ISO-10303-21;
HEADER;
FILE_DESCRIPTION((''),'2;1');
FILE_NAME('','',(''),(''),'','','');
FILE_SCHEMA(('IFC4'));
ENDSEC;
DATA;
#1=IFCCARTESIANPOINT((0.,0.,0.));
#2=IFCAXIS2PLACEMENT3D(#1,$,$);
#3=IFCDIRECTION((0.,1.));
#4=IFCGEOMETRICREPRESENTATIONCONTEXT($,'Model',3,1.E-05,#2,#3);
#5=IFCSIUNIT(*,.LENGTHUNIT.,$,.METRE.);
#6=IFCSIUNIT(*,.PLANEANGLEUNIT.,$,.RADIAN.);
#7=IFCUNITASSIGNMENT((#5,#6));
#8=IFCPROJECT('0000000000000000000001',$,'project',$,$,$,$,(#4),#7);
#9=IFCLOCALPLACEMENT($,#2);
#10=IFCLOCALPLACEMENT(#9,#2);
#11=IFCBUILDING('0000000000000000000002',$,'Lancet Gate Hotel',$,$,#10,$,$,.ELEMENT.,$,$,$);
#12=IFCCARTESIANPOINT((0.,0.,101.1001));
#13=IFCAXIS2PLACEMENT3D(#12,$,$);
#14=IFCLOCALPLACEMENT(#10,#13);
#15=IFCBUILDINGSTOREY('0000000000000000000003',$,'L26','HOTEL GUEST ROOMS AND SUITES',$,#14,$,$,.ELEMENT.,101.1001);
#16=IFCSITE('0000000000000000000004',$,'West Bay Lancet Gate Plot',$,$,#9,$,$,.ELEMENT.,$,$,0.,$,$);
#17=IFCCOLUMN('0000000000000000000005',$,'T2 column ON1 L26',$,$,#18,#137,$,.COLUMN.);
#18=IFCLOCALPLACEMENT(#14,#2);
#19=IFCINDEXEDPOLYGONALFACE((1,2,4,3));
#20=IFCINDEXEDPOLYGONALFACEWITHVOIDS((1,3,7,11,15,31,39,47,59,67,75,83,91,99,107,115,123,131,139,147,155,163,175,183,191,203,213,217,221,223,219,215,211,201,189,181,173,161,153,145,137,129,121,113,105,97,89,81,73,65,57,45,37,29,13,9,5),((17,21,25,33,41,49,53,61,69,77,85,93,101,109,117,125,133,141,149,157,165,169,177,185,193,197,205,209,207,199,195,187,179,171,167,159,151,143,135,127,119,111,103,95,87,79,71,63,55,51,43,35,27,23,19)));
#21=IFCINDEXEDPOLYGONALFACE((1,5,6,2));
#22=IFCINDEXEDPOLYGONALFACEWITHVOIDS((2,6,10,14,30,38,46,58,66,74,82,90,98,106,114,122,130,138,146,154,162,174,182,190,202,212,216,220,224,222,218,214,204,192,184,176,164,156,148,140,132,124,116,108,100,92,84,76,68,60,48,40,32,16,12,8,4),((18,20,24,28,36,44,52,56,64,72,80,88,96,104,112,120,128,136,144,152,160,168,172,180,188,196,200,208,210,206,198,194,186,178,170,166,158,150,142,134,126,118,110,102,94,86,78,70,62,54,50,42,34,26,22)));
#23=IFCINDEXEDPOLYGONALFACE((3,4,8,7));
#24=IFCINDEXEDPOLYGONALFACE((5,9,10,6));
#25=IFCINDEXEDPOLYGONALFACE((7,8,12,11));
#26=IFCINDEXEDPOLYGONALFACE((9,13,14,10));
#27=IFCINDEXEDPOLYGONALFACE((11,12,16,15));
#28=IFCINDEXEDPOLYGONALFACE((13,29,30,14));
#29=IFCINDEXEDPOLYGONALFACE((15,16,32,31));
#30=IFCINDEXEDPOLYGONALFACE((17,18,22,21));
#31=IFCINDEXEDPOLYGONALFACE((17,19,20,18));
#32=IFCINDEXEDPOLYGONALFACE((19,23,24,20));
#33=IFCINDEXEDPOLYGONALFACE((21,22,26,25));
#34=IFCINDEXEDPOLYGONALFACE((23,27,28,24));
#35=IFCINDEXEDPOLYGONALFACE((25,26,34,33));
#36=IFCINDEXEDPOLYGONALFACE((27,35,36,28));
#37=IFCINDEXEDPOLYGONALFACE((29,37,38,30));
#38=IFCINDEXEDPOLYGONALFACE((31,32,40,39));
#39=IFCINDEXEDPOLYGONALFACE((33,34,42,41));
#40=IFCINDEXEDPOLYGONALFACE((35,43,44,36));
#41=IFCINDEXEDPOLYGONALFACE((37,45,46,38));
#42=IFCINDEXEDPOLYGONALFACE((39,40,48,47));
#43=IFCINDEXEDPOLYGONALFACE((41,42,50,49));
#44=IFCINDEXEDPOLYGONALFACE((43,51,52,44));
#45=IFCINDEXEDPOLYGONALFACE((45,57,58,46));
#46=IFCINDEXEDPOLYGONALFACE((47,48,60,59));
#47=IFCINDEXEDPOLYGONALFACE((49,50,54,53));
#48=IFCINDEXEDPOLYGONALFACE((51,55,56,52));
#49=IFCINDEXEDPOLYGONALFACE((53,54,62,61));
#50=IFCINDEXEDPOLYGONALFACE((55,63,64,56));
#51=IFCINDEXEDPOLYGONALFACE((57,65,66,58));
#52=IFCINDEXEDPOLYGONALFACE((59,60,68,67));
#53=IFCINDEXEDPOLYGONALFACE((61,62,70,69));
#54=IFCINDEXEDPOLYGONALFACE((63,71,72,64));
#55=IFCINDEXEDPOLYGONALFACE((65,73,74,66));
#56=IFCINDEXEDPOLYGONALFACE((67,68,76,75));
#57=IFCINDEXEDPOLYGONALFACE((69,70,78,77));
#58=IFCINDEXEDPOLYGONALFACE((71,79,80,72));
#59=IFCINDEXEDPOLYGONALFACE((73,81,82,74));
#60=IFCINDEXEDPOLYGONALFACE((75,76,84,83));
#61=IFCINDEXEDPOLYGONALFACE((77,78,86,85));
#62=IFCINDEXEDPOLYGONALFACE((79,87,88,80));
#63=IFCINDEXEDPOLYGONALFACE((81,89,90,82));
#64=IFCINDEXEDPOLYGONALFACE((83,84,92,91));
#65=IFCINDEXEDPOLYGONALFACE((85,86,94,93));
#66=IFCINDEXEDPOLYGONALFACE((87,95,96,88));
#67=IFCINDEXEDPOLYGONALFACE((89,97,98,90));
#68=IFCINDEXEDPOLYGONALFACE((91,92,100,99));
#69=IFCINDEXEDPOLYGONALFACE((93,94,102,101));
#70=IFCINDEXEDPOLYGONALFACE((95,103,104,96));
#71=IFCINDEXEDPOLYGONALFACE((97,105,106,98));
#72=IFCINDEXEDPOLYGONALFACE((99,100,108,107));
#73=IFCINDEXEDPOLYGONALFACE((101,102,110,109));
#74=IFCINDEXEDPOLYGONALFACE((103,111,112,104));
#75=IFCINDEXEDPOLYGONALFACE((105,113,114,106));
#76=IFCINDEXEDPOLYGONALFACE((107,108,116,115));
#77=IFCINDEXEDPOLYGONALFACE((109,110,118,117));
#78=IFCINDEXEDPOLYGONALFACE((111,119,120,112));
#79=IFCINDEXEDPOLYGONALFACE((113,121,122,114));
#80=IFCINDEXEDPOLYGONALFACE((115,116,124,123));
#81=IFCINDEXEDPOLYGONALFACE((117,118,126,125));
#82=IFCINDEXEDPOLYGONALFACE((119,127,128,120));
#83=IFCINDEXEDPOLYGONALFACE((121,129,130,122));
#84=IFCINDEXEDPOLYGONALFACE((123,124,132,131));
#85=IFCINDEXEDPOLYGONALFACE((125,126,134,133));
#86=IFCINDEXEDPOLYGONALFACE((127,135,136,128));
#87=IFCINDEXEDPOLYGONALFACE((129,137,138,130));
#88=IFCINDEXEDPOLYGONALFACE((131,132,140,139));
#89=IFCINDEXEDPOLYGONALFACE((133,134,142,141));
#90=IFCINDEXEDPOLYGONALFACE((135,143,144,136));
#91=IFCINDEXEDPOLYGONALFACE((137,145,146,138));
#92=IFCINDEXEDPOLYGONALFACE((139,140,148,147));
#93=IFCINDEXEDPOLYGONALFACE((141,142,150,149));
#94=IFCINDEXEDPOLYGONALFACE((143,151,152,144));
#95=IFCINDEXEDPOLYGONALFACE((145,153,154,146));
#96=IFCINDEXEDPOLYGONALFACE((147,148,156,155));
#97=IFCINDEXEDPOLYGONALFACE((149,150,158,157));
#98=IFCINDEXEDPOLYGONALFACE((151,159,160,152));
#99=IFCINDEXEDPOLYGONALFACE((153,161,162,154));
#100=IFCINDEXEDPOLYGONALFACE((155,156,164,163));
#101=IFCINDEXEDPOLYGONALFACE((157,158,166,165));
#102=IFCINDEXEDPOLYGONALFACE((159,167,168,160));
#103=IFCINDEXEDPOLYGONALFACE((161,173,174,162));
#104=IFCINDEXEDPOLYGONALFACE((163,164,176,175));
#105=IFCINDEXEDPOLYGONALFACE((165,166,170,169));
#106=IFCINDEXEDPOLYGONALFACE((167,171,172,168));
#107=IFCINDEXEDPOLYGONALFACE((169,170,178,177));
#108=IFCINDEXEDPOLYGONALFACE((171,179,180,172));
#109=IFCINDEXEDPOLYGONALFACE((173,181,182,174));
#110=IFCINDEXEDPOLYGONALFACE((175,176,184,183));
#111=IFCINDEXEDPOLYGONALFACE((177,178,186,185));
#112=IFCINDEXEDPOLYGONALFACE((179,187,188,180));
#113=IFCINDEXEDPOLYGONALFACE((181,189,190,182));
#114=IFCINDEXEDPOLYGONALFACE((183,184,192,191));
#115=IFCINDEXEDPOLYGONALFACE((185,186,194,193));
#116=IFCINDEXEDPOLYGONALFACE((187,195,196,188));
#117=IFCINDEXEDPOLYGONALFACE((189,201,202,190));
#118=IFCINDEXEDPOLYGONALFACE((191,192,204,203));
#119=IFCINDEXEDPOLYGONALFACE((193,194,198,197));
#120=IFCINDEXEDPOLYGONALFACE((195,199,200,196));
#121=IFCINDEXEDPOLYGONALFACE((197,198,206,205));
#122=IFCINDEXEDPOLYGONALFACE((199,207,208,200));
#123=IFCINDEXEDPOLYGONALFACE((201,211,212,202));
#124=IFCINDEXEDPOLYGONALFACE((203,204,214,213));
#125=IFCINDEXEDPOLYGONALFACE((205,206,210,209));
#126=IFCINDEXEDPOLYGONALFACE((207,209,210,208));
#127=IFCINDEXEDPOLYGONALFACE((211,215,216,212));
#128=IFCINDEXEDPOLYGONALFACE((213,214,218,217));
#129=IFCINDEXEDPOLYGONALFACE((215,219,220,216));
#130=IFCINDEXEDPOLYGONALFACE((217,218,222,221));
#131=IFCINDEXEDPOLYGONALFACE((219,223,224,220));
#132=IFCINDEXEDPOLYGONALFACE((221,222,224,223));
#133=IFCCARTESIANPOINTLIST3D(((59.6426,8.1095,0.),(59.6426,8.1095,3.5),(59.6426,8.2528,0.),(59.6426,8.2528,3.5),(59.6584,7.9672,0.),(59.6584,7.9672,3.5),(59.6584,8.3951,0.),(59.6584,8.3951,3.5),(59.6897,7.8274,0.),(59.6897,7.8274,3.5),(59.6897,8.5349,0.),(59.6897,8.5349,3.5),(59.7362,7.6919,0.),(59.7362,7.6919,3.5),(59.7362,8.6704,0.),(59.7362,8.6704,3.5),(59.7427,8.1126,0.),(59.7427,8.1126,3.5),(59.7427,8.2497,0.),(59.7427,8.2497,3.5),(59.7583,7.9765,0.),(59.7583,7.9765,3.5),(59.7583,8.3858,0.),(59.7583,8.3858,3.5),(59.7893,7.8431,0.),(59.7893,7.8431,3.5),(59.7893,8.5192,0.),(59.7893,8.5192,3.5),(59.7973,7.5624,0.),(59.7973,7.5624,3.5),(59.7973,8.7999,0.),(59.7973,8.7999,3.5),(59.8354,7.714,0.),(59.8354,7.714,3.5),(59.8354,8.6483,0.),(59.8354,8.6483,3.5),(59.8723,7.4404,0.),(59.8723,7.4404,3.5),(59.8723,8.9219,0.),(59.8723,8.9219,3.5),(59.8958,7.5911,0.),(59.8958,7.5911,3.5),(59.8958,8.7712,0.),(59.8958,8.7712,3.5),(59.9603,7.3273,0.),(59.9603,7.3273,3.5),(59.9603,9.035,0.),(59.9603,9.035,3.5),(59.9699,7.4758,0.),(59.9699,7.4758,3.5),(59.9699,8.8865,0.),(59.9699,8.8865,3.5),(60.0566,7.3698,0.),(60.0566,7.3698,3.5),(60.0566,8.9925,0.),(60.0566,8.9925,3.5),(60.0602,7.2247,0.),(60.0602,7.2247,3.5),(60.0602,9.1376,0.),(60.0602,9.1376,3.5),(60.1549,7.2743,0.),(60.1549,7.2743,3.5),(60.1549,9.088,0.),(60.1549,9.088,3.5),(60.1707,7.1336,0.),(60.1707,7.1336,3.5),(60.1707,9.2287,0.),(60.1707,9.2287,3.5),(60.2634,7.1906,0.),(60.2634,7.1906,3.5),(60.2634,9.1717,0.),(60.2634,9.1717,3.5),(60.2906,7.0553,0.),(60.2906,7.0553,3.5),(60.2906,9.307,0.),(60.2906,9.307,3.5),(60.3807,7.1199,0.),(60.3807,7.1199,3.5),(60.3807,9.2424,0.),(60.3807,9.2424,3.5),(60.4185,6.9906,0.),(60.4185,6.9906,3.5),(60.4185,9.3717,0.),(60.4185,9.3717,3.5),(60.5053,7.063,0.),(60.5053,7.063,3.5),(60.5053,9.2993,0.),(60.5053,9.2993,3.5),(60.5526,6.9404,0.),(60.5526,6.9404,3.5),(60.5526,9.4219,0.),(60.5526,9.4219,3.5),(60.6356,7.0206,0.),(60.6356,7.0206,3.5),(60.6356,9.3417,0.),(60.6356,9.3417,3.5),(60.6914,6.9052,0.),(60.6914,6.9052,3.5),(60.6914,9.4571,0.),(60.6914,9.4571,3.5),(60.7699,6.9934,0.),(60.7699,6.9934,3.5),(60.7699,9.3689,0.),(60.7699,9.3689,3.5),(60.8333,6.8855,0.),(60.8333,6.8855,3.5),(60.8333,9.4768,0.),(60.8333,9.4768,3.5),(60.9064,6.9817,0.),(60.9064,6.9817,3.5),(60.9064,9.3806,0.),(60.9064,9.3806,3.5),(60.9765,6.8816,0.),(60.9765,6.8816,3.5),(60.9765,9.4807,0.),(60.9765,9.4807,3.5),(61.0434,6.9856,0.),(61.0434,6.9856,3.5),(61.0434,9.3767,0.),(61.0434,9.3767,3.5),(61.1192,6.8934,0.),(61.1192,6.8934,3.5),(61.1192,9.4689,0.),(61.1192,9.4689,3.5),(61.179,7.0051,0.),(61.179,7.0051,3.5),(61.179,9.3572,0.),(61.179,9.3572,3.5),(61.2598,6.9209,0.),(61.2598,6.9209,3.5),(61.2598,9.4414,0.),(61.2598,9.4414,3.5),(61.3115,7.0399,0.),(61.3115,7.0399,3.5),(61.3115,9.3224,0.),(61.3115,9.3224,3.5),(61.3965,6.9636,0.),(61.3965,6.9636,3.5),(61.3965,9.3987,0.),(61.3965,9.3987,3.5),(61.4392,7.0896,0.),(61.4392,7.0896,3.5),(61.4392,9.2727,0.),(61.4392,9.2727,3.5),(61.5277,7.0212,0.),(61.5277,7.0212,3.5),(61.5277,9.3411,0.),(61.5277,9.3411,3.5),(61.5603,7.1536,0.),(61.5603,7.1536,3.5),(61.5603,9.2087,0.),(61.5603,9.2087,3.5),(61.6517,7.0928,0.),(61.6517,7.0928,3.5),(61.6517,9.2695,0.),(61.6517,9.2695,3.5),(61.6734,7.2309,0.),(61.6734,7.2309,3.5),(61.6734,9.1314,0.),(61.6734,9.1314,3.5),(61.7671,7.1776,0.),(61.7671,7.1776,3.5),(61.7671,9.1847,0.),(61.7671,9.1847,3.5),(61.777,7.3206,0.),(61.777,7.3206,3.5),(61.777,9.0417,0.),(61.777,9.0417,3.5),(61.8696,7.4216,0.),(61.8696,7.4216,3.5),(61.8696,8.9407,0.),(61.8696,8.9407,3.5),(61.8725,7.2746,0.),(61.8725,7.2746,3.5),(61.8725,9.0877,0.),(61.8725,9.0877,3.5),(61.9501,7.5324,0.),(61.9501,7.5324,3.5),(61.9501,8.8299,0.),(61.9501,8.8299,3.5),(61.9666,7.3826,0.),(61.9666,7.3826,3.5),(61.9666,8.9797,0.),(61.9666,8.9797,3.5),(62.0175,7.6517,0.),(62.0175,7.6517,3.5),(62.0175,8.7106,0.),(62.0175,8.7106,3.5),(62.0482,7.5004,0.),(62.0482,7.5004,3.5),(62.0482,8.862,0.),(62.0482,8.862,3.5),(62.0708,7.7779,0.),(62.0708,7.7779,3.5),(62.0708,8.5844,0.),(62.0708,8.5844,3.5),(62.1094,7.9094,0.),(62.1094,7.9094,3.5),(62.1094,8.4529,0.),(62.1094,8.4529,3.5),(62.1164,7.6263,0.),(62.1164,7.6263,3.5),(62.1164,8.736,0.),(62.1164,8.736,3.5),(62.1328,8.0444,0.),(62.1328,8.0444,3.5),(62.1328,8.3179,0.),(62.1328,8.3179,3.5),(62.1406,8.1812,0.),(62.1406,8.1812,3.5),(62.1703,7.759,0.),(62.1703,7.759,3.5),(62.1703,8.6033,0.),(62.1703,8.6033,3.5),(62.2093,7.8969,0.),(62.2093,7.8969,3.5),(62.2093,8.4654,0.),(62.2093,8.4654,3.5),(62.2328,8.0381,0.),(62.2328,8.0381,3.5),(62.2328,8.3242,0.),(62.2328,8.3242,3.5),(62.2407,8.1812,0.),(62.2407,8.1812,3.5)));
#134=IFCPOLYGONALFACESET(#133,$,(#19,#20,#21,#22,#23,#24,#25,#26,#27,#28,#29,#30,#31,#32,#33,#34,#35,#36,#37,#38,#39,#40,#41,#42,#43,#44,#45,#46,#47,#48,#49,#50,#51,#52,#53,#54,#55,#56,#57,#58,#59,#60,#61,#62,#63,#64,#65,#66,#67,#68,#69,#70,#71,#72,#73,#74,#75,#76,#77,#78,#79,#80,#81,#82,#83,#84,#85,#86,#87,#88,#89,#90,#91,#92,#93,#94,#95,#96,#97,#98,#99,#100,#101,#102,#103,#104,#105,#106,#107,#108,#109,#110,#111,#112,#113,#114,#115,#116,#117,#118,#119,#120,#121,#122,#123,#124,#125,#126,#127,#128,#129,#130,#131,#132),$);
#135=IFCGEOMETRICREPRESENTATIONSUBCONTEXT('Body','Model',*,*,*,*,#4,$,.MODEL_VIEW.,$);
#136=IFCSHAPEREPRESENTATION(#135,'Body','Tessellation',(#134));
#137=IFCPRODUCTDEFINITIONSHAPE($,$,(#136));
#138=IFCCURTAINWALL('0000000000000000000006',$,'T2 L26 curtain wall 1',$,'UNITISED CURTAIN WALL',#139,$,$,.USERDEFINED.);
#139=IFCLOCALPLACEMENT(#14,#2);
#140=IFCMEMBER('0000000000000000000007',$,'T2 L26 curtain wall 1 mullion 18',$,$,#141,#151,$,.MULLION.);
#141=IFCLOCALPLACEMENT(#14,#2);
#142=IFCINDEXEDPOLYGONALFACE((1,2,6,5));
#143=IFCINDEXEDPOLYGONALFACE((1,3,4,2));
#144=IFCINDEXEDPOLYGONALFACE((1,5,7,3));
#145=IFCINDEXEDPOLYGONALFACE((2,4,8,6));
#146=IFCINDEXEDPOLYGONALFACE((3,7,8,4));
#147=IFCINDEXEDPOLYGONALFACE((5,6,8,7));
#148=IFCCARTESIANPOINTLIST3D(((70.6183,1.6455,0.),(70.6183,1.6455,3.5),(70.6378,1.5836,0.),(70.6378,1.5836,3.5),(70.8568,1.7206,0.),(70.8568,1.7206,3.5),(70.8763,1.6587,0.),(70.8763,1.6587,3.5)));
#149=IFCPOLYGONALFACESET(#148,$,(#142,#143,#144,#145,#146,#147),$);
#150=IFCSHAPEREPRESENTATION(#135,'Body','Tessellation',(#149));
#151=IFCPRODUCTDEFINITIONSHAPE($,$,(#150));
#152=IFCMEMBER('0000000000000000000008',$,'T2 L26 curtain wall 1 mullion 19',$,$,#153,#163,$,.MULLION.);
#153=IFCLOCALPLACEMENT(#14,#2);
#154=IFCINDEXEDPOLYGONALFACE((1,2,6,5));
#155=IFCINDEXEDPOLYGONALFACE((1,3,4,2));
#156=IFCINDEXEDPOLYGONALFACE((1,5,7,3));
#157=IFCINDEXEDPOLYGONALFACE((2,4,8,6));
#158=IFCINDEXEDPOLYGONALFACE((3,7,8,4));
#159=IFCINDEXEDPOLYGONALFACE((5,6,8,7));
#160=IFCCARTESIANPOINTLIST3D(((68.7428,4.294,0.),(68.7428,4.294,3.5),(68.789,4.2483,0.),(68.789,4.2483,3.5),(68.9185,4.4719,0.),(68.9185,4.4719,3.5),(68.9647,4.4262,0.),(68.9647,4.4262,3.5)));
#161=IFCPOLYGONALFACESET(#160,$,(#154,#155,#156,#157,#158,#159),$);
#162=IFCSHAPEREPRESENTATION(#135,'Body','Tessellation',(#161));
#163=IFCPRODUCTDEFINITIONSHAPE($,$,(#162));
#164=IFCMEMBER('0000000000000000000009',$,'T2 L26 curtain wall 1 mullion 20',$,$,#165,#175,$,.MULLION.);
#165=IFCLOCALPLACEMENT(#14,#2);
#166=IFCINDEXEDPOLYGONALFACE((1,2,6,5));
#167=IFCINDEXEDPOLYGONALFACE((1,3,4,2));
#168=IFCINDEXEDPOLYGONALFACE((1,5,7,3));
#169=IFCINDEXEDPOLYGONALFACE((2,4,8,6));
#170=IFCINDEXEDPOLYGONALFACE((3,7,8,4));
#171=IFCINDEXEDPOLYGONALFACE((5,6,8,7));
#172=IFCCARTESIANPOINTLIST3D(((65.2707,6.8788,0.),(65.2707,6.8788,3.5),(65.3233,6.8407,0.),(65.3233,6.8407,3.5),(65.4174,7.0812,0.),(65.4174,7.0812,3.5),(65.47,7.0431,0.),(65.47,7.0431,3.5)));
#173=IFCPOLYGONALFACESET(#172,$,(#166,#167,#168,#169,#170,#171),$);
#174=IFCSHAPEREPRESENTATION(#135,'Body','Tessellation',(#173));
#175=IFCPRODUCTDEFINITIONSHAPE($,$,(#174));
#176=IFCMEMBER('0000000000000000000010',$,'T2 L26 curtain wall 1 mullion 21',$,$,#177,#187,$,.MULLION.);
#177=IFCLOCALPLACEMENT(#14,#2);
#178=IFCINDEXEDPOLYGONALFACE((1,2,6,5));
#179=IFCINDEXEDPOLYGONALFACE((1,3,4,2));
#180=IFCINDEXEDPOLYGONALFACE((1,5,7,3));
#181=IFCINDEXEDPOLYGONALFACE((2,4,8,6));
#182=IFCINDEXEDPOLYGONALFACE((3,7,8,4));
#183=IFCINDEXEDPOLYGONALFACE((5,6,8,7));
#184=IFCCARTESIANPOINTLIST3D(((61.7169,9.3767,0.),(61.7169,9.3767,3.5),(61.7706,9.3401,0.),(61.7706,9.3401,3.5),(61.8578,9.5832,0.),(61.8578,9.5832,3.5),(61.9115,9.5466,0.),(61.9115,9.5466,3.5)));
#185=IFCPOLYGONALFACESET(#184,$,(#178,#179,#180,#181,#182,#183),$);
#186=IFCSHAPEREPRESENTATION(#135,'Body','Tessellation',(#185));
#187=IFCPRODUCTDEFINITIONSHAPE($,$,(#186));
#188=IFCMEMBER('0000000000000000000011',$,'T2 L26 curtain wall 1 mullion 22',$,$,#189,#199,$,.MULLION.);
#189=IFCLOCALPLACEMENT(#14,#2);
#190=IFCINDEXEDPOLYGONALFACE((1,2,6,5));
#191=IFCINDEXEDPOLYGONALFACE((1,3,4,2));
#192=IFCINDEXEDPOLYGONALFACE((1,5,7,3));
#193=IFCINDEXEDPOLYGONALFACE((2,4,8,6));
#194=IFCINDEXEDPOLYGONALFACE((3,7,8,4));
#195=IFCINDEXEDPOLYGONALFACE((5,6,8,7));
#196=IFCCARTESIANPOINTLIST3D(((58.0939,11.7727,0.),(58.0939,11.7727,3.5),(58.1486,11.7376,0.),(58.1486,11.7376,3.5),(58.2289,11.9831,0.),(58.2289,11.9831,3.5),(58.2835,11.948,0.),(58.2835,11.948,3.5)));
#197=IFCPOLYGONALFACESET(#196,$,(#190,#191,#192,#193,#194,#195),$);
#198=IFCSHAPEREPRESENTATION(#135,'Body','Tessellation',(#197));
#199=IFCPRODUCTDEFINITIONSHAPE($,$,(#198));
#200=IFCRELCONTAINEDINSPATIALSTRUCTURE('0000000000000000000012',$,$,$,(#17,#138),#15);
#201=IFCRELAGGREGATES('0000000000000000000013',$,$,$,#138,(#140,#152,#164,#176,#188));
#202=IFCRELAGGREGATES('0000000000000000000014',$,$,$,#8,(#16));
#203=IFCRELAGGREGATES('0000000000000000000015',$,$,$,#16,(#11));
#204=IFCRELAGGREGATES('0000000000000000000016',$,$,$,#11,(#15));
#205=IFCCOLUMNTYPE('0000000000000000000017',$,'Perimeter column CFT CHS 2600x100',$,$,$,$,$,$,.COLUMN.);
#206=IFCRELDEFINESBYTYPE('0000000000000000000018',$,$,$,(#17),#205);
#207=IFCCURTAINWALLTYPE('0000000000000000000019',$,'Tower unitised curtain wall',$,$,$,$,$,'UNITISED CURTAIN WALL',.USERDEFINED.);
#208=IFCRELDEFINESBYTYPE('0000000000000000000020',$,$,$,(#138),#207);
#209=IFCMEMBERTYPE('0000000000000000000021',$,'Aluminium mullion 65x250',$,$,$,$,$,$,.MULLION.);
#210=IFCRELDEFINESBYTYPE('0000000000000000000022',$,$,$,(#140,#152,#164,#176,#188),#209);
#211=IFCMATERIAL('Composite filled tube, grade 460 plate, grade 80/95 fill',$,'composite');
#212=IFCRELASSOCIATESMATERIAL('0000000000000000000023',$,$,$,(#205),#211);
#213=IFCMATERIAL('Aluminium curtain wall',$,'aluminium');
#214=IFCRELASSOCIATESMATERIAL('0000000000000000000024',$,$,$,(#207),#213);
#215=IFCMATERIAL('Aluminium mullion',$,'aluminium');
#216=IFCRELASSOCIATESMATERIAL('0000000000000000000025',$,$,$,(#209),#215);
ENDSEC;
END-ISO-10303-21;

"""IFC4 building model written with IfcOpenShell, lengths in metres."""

from ifc_helpers import new_model, si_unit, direction, frame, origin, origin_2d, place, context, subcontext, project, spatial, rectangle, hollow_circle, extrude, material, material_profile, profile_set, type_object, element, aggregate, save


model = new_model("IFC4")

# Units and contexts
model_context = context("Model", 3, precision=1e-05, world=origin(), true_north=direction((0.0, 1.0)))
body_context = subcontext(model_context, "Body", "Model", "MODEL_VIEW")
ifc_project = project(units=[si_unit("LENGTHUNIT", "METRE"), si_unit("PLANEANGLEUNIT", "RADIAN")], contexts=[model_context])

# Site, building, storey
site_placement = place(None, origin())
site = spatial("IfcSite", under=ifc_project, at=site_placement, Name="West Bay Lancet Gate Plot", CompositionType="ELEMENT", RefElevation=0.0)
building_placement = place(site_placement, origin())
building = spatial("IfcBuilding", under=site, at=building_placement, Name="Lancet Gate Hotel", CompositionType="ELEMENT")
storey_placement = place(building_placement, frame((0.0, 0.0, 101.1001)))
storey = spatial("IfcBuildingStorey", under=building, at=storey_placement, Name="L26", Description="HOTEL GUEST ROOMS AND SUITES", CompositionType="ELEMENT", Elevation=101.1001)

# Column
ifc_material_1 = material(Name="Composite filled tube, grade 460 plate, grade 80/95 fill", Category="composite")
ifc_material_profile_1 = material_profile(ifc_material_1, hollow_circle(Radius=1.3, WallThickness=0.1001, at=origin_2d()), Name="CHS 2600x100")
ifc_profile_set_1 = profile_set([ifc_material_profile_1], Name="Composite filled tube, grade 460 plate, grade 80/95 fill")
column_type_1 = type_object("IfcColumnType", Name="Perimeter column CFT CHS 2600x100", PredefinedType="COLUMN", material=ifc_profile_set_1)
column_1_placement = place(storey_placement, frame((60.9407, 8.1812, 0.0), z_axis=(0.0, 0.0, 1.0), x_axis=(1.0, 0.0, 0.0)))
element("IfcColumn", 1, at=column_1_placement, inside=storey, type_object=column_type_1, Name="T2 column ON1 L26", PredefinedType="COLUMN", context=body_context, shape_type="SweptSolid", body=[
    extrude(hollow_circle(Radius=1.3, WallThickness=0.1001, at=origin_2d()), origin(), (0.0, 0.0, 1.0), 3.5),
])

# Curtain wall, members
ifc_material_2 = material(Name="Aluminium curtain wall", Category="aluminium")
curtain_wall_type = type_object("IfcCurtainWallType", Name="Tower unitised curtain wall", ElementType="UNITISED CURTAIN WALL", PredefinedType="USERDEFINED", material=ifc_material_2)
curtain_wall_placement = place(storey_placement, origin())
curtain_wall = element("IfcCurtainWall", 2, at=curtain_wall_placement, inside=storey, type_object=curtain_wall_type, Name="T2 L26 curtain wall 1", ObjectType="UNITISED CURTAIN WALL", PredefinedType="USERDEFINED")
ifc_material_3 = material(Name="Aluminium mullion", Category="aluminium")
ifc_material_profile_2 = material_profile(ifc_material_3, rectangle(XDim=0.0649, YDim=0.25, at=origin_2d()), Name="MULLION 65x250")
ifc_profile_set_2 = profile_set([ifc_material_profile_2], Name="Aluminium mullion")
member_type_1 = type_object("IfcMemberType", Name="Aluminium mullion 65x250", PredefinedType="MULLION", material=ifc_profile_set_2)
member_1_placement = place(storey_placement, frame((70.7473, 1.6521, 0.0), z_axis=(0.0, 0.0, 1.0), x_axis=(-0.300385, 0.953818, 0.0)))
member_1 = element("IfcMember", 3, at=member_1_placement, type_object=member_type_1, Name="T2 L26 curtain wall 1 mullion 18", PredefinedType="MULLION", context=body_context, shape_type="SweptSolid", body=[
    extrude(rectangle(XDim=0.0649, YDim=0.25, at=origin_2d()), origin(), (0.0, 0.0, 1.0), 3.5),
])
member_2_placement = place(storey_placement, frame((68.8538, 4.3601, 0.0), z_axis=(0.0, 0.0, 1.0), x_axis=(-0.71161, 0.702574, 0.0)))
member_2 = element("IfcMember", 4, at=member_2_placement, type_object=member_type_1, Name="T2 L26 curtain wall 1 mullion 19", PredefinedType="MULLION", context=body_context, shape_type="SweptSolid", body=[
    extrude(rectangle(XDim=0.0649, YDim=0.25, at=origin_2d()), origin(), (0.0, 0.0, 1.0), 3.5),
])
member_3_placement = place(storey_placement, frame((65.3704, 6.9609, 0.0), z_axis=(0.0, 0.0, 1.0), x_axis=(-0.809729, 0.586805, 0.0)))
member_3 = element("IfcMember", 5, at=member_3_placement, type_object=member_type_1, Name="T2 L26 curtain wall 1 mullion 20", PredefinedType="MULLION", context=body_context, shape_type="SweptSolid", body=[
    extrude(rectangle(XDim=0.0649, YDim=0.25, at=origin_2d()), origin(), (0.0, 0.0, 1.0), 3.5),
])
member_4_placement = place(storey_placement, frame((61.8142, 9.4617, 0.0), z_axis=(0.0, 0.0, 1.0), x_axis=(-0.826066, 0.563574, 0.0)))
member_4 = element("IfcMember", 6, at=member_4_placement, type_object=member_type_1, Name="T2 L26 curtain wall 1 mullion 21", PredefinedType="MULLION", context=body_context, shape_type="SweptSolid", body=[
    extrude(rectangle(XDim=0.0649, YDim=0.25, at=origin_2d()), origin(), (0.0, 0.0, 1.0), 3.5),
])
member_5_placement = place(storey_placement, frame((58.1887, 11.8604, 0.0), z_axis=(0.0, 0.0, 1.0), x_axis=(-0.841736, 0.539889, 0.0)))
member_5 = element("IfcMember", 7, at=member_5_placement, type_object=member_type_1, Name="T2 L26 curtain wall 1 mullion 22", PredefinedType="MULLION", context=body_context, shape_type="SweptSolid", body=[
    extrude(rectangle(XDim=0.0649, YDim=0.25, at=origin_2d()), origin(), (0.0, 0.0, 1.0), 3.5),
])

aggregate(curtain_wall, [member_1, member_2, member_3, member_4, member_5])

save(model, "model.ifc")
